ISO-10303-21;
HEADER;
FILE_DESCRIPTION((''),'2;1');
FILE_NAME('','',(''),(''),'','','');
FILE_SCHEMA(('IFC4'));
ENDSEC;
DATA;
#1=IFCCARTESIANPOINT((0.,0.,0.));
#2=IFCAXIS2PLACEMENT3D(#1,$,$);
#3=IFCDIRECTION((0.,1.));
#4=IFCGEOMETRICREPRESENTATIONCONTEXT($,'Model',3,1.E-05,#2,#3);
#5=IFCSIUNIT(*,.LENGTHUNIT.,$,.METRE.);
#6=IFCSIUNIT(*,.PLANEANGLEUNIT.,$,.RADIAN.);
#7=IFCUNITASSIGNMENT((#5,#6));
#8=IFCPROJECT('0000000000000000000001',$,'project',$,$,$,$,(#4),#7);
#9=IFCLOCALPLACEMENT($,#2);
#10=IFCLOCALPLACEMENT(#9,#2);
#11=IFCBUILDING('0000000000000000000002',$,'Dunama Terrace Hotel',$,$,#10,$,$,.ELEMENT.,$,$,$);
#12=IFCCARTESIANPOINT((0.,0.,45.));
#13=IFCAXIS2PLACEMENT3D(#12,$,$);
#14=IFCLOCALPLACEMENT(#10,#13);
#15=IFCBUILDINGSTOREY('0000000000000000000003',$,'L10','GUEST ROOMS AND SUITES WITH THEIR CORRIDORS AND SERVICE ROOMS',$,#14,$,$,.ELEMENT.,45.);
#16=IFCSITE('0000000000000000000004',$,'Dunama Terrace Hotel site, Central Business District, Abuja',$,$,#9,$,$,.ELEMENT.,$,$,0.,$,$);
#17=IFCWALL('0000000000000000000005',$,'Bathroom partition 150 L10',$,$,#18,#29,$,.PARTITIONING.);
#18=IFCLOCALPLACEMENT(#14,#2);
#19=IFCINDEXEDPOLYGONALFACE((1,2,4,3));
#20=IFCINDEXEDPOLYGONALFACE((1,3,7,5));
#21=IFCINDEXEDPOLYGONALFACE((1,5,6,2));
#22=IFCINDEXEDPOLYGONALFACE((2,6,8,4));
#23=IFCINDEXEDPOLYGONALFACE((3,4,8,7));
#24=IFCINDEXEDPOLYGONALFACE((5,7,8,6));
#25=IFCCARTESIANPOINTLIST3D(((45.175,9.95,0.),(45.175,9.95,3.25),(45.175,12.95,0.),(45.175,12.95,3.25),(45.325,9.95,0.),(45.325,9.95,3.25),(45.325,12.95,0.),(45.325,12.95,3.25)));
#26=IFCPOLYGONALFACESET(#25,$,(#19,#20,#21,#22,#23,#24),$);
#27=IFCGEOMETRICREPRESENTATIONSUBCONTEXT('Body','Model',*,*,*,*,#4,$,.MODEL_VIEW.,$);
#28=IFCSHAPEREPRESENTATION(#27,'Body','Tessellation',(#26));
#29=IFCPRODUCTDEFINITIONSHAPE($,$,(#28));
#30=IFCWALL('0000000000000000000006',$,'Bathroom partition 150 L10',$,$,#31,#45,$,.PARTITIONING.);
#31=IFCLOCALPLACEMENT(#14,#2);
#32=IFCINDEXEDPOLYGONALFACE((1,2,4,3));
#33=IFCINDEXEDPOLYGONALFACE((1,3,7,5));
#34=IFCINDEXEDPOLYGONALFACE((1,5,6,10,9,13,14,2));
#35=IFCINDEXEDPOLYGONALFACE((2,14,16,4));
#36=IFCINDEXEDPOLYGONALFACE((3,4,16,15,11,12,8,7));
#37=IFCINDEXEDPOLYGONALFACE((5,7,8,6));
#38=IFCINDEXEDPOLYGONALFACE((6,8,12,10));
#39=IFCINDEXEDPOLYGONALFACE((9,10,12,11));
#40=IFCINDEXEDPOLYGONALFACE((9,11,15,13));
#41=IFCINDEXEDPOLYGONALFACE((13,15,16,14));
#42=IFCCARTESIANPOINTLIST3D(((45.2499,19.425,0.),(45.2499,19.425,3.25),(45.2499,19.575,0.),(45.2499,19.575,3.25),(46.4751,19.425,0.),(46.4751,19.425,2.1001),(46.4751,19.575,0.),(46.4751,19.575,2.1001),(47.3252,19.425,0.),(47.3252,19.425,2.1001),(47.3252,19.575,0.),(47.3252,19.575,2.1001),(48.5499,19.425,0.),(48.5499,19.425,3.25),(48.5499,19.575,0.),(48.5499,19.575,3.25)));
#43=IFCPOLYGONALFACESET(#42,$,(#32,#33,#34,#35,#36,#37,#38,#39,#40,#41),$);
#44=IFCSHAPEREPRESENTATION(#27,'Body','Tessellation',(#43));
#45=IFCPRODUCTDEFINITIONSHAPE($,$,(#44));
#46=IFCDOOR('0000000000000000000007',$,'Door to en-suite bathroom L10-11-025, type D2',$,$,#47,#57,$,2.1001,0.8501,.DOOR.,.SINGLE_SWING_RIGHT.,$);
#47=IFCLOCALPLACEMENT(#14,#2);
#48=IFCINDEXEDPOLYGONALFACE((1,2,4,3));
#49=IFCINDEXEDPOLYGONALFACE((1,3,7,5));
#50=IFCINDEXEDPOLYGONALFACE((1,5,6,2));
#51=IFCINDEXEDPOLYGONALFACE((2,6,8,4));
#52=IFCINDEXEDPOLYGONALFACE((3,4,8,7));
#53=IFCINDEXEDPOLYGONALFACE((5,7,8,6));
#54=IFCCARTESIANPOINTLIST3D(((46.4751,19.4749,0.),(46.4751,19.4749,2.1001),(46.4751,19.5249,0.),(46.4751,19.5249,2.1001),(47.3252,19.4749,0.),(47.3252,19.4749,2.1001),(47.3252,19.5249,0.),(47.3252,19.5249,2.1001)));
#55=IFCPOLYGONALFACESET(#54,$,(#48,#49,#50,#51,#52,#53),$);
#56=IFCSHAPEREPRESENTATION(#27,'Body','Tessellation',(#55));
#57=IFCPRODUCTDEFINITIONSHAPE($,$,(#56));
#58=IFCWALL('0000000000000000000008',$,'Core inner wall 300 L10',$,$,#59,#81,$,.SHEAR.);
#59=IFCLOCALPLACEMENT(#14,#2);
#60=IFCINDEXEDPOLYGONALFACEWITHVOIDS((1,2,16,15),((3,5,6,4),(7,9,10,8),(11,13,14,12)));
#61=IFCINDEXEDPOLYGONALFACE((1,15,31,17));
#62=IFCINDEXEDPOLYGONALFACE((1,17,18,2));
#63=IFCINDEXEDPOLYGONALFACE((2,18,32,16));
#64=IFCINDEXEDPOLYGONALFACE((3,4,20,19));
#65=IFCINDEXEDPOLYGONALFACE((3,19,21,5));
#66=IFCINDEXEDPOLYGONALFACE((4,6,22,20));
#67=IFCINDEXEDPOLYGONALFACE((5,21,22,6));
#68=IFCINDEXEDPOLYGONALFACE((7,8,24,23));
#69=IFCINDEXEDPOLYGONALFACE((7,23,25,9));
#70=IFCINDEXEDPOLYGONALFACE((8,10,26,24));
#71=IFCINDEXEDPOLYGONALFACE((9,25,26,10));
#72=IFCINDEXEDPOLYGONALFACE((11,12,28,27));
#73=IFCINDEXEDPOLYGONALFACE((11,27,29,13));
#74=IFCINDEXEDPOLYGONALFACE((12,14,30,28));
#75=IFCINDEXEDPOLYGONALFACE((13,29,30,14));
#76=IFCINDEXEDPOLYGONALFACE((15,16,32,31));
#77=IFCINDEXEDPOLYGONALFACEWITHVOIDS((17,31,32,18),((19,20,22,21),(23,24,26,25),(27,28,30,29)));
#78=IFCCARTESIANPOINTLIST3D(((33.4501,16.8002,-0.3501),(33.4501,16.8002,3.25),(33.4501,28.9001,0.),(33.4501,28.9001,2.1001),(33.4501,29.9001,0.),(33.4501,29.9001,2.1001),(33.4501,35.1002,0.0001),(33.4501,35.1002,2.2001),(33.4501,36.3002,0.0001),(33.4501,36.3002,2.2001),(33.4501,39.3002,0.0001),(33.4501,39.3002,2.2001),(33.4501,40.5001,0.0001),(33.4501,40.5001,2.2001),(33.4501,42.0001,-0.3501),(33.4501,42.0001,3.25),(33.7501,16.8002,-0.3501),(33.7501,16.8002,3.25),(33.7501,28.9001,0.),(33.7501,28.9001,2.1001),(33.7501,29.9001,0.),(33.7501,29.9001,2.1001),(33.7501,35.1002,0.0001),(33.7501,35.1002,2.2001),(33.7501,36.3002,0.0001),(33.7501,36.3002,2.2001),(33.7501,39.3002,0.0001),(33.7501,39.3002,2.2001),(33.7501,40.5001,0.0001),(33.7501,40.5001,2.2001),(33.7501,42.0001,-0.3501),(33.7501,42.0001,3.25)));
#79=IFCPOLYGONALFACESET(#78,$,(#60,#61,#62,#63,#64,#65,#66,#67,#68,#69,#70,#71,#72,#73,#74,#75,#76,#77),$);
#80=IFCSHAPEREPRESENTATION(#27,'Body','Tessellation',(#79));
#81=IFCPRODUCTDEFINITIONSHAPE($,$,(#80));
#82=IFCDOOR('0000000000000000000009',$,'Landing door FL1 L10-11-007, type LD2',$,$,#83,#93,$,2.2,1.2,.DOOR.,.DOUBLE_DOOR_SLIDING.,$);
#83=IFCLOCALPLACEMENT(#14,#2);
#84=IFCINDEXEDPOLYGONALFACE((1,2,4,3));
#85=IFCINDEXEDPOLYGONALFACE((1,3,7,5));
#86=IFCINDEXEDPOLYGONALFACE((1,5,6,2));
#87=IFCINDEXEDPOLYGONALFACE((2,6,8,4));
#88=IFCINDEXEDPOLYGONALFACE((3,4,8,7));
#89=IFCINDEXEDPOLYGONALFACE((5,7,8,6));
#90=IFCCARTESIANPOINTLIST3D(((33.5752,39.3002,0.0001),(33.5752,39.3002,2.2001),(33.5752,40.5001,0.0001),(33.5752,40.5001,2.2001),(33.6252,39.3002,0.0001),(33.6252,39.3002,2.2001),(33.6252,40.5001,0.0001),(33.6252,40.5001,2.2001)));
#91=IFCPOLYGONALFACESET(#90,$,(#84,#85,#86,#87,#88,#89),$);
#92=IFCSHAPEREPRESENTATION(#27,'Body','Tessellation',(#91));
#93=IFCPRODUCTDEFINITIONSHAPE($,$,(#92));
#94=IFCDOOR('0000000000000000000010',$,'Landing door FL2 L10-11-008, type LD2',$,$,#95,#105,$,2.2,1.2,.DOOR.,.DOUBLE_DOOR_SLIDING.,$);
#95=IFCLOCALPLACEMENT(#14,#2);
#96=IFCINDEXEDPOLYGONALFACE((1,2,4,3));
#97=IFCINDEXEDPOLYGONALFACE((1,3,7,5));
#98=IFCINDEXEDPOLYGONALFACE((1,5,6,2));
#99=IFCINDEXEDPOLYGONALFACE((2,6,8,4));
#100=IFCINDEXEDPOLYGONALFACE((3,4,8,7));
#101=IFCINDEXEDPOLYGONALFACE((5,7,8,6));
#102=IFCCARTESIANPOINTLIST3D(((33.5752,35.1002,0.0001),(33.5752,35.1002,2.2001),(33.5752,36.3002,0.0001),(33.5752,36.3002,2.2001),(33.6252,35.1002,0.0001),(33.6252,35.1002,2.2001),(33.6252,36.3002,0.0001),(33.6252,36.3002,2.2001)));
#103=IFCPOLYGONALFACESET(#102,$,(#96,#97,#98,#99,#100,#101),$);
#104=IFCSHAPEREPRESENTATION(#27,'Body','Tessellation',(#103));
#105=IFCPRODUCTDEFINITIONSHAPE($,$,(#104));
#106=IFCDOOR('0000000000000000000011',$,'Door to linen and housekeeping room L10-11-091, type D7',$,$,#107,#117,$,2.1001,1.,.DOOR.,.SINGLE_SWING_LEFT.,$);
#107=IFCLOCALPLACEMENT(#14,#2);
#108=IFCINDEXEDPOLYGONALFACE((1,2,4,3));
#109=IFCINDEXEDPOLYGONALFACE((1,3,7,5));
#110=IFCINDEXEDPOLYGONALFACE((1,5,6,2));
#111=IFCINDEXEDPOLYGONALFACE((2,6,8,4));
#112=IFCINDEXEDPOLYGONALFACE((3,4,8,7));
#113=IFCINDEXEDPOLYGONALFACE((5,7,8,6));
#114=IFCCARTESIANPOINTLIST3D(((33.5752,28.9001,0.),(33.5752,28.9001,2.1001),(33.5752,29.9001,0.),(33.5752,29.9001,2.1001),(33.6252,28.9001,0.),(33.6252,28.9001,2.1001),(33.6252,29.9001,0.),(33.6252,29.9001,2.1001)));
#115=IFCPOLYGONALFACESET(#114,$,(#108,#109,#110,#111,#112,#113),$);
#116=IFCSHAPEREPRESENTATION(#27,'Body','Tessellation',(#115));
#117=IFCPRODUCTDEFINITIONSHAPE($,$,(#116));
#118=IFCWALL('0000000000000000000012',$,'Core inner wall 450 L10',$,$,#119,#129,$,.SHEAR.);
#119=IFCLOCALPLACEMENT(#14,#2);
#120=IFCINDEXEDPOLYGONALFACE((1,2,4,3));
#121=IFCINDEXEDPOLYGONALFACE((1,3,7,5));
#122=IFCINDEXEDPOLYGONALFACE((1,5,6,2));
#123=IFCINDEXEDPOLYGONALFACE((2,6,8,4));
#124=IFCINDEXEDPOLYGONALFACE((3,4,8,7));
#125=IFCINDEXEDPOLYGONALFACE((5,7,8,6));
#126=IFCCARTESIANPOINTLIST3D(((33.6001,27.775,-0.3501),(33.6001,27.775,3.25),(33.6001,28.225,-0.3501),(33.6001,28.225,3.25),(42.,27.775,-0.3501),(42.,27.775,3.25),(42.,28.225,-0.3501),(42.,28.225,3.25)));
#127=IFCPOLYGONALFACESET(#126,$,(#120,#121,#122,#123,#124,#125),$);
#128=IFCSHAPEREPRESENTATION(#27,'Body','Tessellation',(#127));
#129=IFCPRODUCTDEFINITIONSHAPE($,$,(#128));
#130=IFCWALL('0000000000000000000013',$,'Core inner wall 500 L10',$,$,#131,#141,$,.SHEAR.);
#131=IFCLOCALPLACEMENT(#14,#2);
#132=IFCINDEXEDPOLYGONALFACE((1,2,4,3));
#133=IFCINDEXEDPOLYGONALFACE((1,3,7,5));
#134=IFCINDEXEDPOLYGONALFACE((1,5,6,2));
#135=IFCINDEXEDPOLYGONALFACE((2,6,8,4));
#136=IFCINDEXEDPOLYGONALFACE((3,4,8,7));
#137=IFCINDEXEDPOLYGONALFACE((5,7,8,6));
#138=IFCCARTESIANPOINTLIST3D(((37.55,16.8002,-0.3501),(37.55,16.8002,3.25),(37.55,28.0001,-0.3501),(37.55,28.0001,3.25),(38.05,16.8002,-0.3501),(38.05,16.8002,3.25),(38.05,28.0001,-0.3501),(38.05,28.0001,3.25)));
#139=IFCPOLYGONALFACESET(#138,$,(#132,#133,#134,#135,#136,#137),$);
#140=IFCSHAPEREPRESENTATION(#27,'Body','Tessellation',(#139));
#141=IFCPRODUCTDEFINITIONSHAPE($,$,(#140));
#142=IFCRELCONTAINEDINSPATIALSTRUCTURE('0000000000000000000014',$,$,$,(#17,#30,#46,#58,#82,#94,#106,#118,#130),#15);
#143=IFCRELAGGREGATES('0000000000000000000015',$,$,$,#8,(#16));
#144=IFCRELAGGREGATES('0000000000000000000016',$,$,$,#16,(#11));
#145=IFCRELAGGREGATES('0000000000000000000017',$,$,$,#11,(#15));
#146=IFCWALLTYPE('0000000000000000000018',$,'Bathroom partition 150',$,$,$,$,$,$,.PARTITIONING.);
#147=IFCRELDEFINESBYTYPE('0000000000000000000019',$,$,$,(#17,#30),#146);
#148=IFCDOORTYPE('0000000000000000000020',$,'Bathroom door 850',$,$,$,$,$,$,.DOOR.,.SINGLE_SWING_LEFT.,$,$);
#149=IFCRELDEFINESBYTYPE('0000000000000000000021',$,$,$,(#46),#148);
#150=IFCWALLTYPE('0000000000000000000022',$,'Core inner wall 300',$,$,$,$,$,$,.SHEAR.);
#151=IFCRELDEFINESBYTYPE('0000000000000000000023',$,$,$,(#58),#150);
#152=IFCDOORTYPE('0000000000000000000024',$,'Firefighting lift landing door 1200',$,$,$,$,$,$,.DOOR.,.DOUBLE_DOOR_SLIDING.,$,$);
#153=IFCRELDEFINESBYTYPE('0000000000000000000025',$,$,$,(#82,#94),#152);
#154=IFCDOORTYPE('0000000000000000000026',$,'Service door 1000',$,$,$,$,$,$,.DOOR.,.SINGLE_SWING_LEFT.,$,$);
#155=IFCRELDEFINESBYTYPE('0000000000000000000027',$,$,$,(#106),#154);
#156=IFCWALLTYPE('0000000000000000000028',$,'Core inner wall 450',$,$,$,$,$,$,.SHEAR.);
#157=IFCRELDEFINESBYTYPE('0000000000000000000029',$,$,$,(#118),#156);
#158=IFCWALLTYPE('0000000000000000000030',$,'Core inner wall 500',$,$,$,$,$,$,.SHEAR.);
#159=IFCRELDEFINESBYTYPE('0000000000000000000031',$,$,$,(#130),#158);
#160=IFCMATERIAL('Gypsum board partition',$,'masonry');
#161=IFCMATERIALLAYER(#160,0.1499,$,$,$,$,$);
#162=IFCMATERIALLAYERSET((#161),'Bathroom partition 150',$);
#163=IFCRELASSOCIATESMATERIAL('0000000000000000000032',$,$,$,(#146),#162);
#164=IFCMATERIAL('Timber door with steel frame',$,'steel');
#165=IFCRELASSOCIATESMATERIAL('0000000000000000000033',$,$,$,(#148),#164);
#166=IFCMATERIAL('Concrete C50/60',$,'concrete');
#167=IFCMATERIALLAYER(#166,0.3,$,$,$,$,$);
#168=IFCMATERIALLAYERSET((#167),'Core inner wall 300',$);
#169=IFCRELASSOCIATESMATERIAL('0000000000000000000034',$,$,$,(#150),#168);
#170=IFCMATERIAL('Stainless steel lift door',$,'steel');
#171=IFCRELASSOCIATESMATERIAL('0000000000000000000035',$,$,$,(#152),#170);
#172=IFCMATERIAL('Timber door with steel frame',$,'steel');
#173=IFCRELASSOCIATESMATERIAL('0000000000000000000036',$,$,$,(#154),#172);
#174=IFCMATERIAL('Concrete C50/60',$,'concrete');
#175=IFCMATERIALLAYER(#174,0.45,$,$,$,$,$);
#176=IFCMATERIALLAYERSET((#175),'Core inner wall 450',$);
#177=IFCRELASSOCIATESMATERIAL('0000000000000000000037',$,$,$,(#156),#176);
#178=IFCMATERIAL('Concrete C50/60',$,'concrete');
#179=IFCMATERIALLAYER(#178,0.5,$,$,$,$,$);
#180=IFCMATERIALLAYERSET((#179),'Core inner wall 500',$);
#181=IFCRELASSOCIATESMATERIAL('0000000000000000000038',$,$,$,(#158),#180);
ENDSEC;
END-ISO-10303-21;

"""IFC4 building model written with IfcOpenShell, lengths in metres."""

from ifc_helpers import new_model, si_unit, direction, frame, frame_2d, origin, place, context, subcontext, project, spatial, rectangle, extrude, material, layer, layer_set, type_object, element, fill, save


model = new_model("IFC4")

# Units and contexts
model_context = context("Model", 3, precision=1e-05, world=origin(), true_north=direction((0.0, 1.0)))
body_context = subcontext(model_context, "Body", "Model", "MODEL_VIEW")
ifc_project = project(units=[si_unit("LENGTHUNIT", "METRE"), si_unit("PLANEANGLEUNIT", "RADIAN")], contexts=[model_context])

# Site, building, storey
site_placement = place(None, origin())
site = spatial("IfcSite", under=ifc_project, at=site_placement, Name="Dunama Terrace Hotel site, Central Business District, Abuja", CompositionType="ELEMENT", RefElevation=0.0)
building_placement = place(site_placement, origin())
building = spatial("IfcBuilding", under=site, at=building_placement, Name="Dunama Terrace Hotel", CompositionType="ELEMENT")
storey_placement = place(building_placement, frame((0.0, 0.0, 45.0)))
storey = spatial("IfcBuildingStorey", under=building, at=storey_placement, Name="L10", Description="GUEST ROOMS AND SUITES WITH THEIR CORRIDORS AND SERVICE ROOMS", CompositionType="ELEMENT", Elevation=45.0)

# Wall
ifc_material_1 = material(Name="Gypsum board partition", Category="masonry")
ifc_layer_1 = layer(ifc_material_1, 0.1499)
ifc_layer_set_1 = layer_set([ifc_layer_1], Name="Bathroom partition 150")
wall_type_1 = type_object("IfcWallType", Name="Bathroom partition 150", PredefinedType="PARTITIONING", material=ifc_layer_set_1)
wall_1_placement = place(storey_placement, frame((45.25, 9.95, 0.0), z_axis=(0.0, 0.0, 1.0), x_axis=(0.0, 1.0, 0.0)))
element("IfcWall", 1, at=wall_1_placement, inside=storey, type_object=wall_type_1, Name="Bathroom partition 150 L10", PredefinedType="PARTITIONING", context=body_context, shape_type="SweptSolid", body=[
    extrude(rectangle(XDim=3.0, YDim=0.1499, at=frame_2d((1.5, 0.0))), origin(), (0.0, 0.0, 1.0), 3.25),
])

# Wall, opening, door
wall_2_placement = place(storey_placement, frame((45.25, 19.5, 0.0), z_axis=(0.0, 0.0, 1.0), x_axis=(1.0, 0.0, 0.0)))
wall_2 = element("IfcWall", 2, at=wall_2_placement, inside=storey, type_object=wall_type_1, Name="Bathroom partition 150 L10", PredefinedType="PARTITIONING", context=body_context, shape_type="SweptSolid", body=[
    extrude(rectangle(XDim=3.3, YDim=0.1499, at=frame_2d((1.6499, 0.0))), origin(), (0.0, 0.0, 1.0), 3.25),
])
opening_1_placement = place(wall_2_placement, frame((1.2251, 0.0, 0.0)))
opening_1 = element("IfcOpeningElement", 3, at=opening_1_placement, cuts=wall_2, PredefinedType="OPENING", context=body_context, shape_type="SweptSolid", body=[
    extrude(rectangle(XDim=0.8501, YDim=2.1001, at=frame_2d((0.425, 1.05))), frame((0.0, 0.085, 0.0), z_axis=(0.0, -1.0, 0.0), x_axis=(1.0, 0.0, 0.0)), (0.0, 0.0, 1.0), 0.1699),
])
ifc_material_2 = material(Name="Timber door with steel frame", Category="steel")
door_type_1 = type_object("IfcDoorType", Name="Bathroom door 850", OperationType="SINGLE_SWING_LEFT", PredefinedType="DOOR", material=ifc_material_2)
door_1_placement = place(opening_1_placement, frame((0.8501, 0.0, 0.0), z_axis=(0.0, 0.0, 1.0), x_axis=(-1.0, 0.0, 0.0)))
door_1 = element("IfcDoor", 4, at=door_1_placement, inside=storey, type_object=door_type_1, Name="Door to en-suite bathroom L10-11-025, type D2", OperationType="SINGLE_SWING_RIGHT", OverallHeight=2.1001, OverallWidth=0.8501, PredefinedType="DOOR", context=body_context, shape_type="SweptSolid", body=[
    extrude(rectangle(XDim=0.8501, YDim=2.1001, at=frame_2d((0.425, 1.05))), frame((0.0, 0.0251, 0.0), z_axis=(0.0, -1.0, 0.0), x_axis=(1.0, 0.0, 0.0)), (0.0, 0.0, 1.0), 0.05),
])
fill(opening_1, door_1)

# Wall, openings, doors
ifc_material_3 = material(Name="Concrete C50/60", Category="concrete")
ifc_layer_2 = layer(ifc_material_3, 0.3)
ifc_layer_set_2 = layer_set([ifc_layer_2], Name="Core inner wall 300")
wall_type_2 = type_object("IfcWallType", Name="Core inner wall 300", PredefinedType="SHEAR", material=ifc_layer_set_2)
wall_3_placement = place(storey_placement, frame((33.6001, 16.8, -0.3501), z_axis=(0.0, 0.0, 1.0), x_axis=(0.0, 1.0, 0.0)))
wall_3 = element("IfcWall", 5, at=wall_3_placement, inside=storey, type_object=wall_type_2, Name="Core inner wall 300 L10", PredefinedType="SHEAR", context=body_context, shape_type="SweptSolid", body=[
    extrude(rectangle(XDim=25.2, YDim=0.3, at=frame_2d((12.6001, 0.0))), origin(), (0.0, 0.0, 1.0), 3.6001),
])
opening_2_placement = place(wall_3_placement, frame((22.5, 0.0, 0.3501)))
opening_2 = element("IfcOpeningElement", 6, at=opening_2_placement, cuts=wall_3, PredefinedType="OPENING", context=body_context, shape_type="SweptSolid", body=[
    extrude(rectangle(XDim=1.2, YDim=2.2, at=frame_2d((0.6001, 1.1001))), frame((0.0, 0.1599, 0.0), z_axis=(0.0, -1.0, 0.0), x_axis=(1.0, 0.0, 0.0)), (0.0, 0.0, 1.0), 0.3201),
])
opening_3_placement = place(wall_3_placement, frame((18.3, 0.0, 0.3501)))
opening_3 = element("IfcOpeningElement", 7, at=opening_3_placement, cuts=wall_3, PredefinedType="OPENING", context=body_context, shape_type="SweptSolid", body=[
    extrude(rectangle(XDim=1.2, YDim=2.2, at=frame_2d((0.6001, 1.1001))), frame((0.0, 0.1599, 0.0), z_axis=(0.0, -1.0, 0.0), x_axis=(1.0, 0.0, 0.0)), (0.0, 0.0, 1.0), 0.3201),
])
opening_4_placement = place(wall_3_placement, frame((12.1001, 0.0, 0.3501)))
opening_4 = element("IfcOpeningElement", 8, at=opening_4_placement, cuts=wall_3, PredefinedType="OPENING", context=body_context, shape_type="SweptSolid", body=[
    extrude(rectangle(XDim=1.0, YDim=2.1001, at=frame_2d((0.5, 1.05))), frame((0.0, 0.1599, 0.0), z_axis=(0.0, -1.0, 0.0), x_axis=(1.0, 0.0, 0.0)), (0.0, 0.0, 1.0), 0.3201),
])
ifc_material_4 = material(Name="Stainless steel lift door", Category="steel")
door_type_2 = type_object("IfcDoorType", Name="Firefighting lift landing door 1200", OperationType="DOUBLE_DOOR_SLIDING", PredefinedType="DOOR", material=ifc_material_4)
door_2_placement = place(opening_2_placement, origin())
door_2 = element("IfcDoor", 9, at=door_2_placement, inside=storey, type_object=door_type_2, Name="Landing door FL1 L10-11-007, type LD2", OperationType="DOUBLE_DOOR_SLIDING", OverallHeight=2.2, OverallWidth=1.2, PredefinedType="DOOR", context=body_context, shape_type="SweptSolid", body=[
    extrude(rectangle(XDim=1.2, YDim=2.2, at=frame_2d((0.6001, 1.1001))), frame((0.0, 0.0249, 0.0), z_axis=(0.0, -1.0, 0.0), x_axis=(1.0, 0.0, 0.0)), (0.0, 0.0, 1.0), 0.05),
])
fill(opening_2, door_2)
door_3_placement = place(opening_3_placement, origin())
door_3 = element("IfcDoor", 10, at=door_3_placement, inside=storey, type_object=door_type_2, Name="Landing door FL2 L10-11-008, type LD2", OperationType="DOUBLE_DOOR_SLIDING", OverallHeight=2.2, OverallWidth=1.2, PredefinedType="DOOR", context=body_context, shape_type="SweptSolid", body=[
    extrude(rectangle(XDim=1.2, YDim=2.2, at=frame_2d((0.6001, 1.1001))), frame((0.0, 0.0249, 0.0), z_axis=(0.0, -1.0, 0.0), x_axis=(1.0, 0.0, 0.0)), (0.0, 0.0, 1.0), 0.05),
])
fill(opening_3, door_3)
ifc_material_5 = material(Name="Timber door with steel frame", Category="steel")
door_type_3 = type_object("IfcDoorType", Name="Service door 1000", OperationType="SINGLE_SWING_LEFT", PredefinedType="DOOR", material=ifc_material_5)
door_4_placement = place(opening_4_placement, origin())
door_4 = element("IfcDoor", 11, at=door_4_placement, inside=storey, type_object=door_type_3, Name="Door to linen and housekeeping room L10-11-091, type D7", OperationType="SINGLE_SWING_LEFT", OverallHeight=2.1001, OverallWidth=1.0, PredefinedType="DOOR", context=body_context, shape_type="SweptSolid", body=[
    extrude(rectangle(XDim=1.0, YDim=2.1001, at=frame_2d((0.5, 1.05))), frame((0.0, 0.0249, 0.0), z_axis=(0.0, -1.0, 0.0), x_axis=(1.0, 0.0, 0.0)), (0.0, 0.0, 1.0), 0.05),
])
fill(opening_4, door_4)

# Walls
ifc_material_6 = material(Name="Concrete C50/60", Category="concrete")
ifc_layer_3 = layer(ifc_material_6, 0.45)
ifc_layer_set_3 = layer_set([ifc_layer_3], Name="Core inner wall 450")
wall_type_3 = type_object("IfcWallType", Name="Core inner wall 450", PredefinedType="SHEAR", material=ifc_layer_set_3)
wall_4_placement = place(storey_placement, frame((33.6001, 28.0, -0.3501), z_axis=(0.0, 0.0, 1.0), x_axis=(1.0, 0.0, 0.0)))
element("IfcWall", 12, at=wall_4_placement, inside=storey, type_object=wall_type_3, Name="Core inner wall 450 L10", PredefinedType="SHEAR", context=body_context, shape_type="SweptSolid", body=[
    extrude(rectangle(XDim=8.3999, YDim=0.45, at=frame_2d((4.2, 0.0))), origin(), (0.0, 0.0, 1.0), 3.6001),
])
ifc_material_7 = material(Name="Concrete C50/60", Category="concrete")
ifc_layer_4 = layer(ifc_material_7, 0.5)
ifc_layer_set_4 = layer_set([ifc_layer_4], Name="Core inner wall 500")
wall_type_4 = type_object("IfcWallType", Name="Core inner wall 500", PredefinedType="SHEAR", material=ifc_layer_set_4)
wall_5_placement = place(storey_placement, frame((37.8, 16.8, -0.3501), z_axis=(0.0, 0.0, 1.0), x_axis=(0.0, 1.0, 0.0)))
element("IfcWall", 13, at=wall_5_placement, inside=storey, type_object=wall_type_4, Name="Core inner wall 500 L10", PredefinedType="SHEAR", context=body_context, shape_type="SweptSolid", body=[
    extrude(rectangle(XDim=11.2, YDim=0.5, at=frame_2d((5.6001, 0.0))), origin(), (0.0, 0.0, 1.0), 3.6001),
])

save(model, "model.ifc")
